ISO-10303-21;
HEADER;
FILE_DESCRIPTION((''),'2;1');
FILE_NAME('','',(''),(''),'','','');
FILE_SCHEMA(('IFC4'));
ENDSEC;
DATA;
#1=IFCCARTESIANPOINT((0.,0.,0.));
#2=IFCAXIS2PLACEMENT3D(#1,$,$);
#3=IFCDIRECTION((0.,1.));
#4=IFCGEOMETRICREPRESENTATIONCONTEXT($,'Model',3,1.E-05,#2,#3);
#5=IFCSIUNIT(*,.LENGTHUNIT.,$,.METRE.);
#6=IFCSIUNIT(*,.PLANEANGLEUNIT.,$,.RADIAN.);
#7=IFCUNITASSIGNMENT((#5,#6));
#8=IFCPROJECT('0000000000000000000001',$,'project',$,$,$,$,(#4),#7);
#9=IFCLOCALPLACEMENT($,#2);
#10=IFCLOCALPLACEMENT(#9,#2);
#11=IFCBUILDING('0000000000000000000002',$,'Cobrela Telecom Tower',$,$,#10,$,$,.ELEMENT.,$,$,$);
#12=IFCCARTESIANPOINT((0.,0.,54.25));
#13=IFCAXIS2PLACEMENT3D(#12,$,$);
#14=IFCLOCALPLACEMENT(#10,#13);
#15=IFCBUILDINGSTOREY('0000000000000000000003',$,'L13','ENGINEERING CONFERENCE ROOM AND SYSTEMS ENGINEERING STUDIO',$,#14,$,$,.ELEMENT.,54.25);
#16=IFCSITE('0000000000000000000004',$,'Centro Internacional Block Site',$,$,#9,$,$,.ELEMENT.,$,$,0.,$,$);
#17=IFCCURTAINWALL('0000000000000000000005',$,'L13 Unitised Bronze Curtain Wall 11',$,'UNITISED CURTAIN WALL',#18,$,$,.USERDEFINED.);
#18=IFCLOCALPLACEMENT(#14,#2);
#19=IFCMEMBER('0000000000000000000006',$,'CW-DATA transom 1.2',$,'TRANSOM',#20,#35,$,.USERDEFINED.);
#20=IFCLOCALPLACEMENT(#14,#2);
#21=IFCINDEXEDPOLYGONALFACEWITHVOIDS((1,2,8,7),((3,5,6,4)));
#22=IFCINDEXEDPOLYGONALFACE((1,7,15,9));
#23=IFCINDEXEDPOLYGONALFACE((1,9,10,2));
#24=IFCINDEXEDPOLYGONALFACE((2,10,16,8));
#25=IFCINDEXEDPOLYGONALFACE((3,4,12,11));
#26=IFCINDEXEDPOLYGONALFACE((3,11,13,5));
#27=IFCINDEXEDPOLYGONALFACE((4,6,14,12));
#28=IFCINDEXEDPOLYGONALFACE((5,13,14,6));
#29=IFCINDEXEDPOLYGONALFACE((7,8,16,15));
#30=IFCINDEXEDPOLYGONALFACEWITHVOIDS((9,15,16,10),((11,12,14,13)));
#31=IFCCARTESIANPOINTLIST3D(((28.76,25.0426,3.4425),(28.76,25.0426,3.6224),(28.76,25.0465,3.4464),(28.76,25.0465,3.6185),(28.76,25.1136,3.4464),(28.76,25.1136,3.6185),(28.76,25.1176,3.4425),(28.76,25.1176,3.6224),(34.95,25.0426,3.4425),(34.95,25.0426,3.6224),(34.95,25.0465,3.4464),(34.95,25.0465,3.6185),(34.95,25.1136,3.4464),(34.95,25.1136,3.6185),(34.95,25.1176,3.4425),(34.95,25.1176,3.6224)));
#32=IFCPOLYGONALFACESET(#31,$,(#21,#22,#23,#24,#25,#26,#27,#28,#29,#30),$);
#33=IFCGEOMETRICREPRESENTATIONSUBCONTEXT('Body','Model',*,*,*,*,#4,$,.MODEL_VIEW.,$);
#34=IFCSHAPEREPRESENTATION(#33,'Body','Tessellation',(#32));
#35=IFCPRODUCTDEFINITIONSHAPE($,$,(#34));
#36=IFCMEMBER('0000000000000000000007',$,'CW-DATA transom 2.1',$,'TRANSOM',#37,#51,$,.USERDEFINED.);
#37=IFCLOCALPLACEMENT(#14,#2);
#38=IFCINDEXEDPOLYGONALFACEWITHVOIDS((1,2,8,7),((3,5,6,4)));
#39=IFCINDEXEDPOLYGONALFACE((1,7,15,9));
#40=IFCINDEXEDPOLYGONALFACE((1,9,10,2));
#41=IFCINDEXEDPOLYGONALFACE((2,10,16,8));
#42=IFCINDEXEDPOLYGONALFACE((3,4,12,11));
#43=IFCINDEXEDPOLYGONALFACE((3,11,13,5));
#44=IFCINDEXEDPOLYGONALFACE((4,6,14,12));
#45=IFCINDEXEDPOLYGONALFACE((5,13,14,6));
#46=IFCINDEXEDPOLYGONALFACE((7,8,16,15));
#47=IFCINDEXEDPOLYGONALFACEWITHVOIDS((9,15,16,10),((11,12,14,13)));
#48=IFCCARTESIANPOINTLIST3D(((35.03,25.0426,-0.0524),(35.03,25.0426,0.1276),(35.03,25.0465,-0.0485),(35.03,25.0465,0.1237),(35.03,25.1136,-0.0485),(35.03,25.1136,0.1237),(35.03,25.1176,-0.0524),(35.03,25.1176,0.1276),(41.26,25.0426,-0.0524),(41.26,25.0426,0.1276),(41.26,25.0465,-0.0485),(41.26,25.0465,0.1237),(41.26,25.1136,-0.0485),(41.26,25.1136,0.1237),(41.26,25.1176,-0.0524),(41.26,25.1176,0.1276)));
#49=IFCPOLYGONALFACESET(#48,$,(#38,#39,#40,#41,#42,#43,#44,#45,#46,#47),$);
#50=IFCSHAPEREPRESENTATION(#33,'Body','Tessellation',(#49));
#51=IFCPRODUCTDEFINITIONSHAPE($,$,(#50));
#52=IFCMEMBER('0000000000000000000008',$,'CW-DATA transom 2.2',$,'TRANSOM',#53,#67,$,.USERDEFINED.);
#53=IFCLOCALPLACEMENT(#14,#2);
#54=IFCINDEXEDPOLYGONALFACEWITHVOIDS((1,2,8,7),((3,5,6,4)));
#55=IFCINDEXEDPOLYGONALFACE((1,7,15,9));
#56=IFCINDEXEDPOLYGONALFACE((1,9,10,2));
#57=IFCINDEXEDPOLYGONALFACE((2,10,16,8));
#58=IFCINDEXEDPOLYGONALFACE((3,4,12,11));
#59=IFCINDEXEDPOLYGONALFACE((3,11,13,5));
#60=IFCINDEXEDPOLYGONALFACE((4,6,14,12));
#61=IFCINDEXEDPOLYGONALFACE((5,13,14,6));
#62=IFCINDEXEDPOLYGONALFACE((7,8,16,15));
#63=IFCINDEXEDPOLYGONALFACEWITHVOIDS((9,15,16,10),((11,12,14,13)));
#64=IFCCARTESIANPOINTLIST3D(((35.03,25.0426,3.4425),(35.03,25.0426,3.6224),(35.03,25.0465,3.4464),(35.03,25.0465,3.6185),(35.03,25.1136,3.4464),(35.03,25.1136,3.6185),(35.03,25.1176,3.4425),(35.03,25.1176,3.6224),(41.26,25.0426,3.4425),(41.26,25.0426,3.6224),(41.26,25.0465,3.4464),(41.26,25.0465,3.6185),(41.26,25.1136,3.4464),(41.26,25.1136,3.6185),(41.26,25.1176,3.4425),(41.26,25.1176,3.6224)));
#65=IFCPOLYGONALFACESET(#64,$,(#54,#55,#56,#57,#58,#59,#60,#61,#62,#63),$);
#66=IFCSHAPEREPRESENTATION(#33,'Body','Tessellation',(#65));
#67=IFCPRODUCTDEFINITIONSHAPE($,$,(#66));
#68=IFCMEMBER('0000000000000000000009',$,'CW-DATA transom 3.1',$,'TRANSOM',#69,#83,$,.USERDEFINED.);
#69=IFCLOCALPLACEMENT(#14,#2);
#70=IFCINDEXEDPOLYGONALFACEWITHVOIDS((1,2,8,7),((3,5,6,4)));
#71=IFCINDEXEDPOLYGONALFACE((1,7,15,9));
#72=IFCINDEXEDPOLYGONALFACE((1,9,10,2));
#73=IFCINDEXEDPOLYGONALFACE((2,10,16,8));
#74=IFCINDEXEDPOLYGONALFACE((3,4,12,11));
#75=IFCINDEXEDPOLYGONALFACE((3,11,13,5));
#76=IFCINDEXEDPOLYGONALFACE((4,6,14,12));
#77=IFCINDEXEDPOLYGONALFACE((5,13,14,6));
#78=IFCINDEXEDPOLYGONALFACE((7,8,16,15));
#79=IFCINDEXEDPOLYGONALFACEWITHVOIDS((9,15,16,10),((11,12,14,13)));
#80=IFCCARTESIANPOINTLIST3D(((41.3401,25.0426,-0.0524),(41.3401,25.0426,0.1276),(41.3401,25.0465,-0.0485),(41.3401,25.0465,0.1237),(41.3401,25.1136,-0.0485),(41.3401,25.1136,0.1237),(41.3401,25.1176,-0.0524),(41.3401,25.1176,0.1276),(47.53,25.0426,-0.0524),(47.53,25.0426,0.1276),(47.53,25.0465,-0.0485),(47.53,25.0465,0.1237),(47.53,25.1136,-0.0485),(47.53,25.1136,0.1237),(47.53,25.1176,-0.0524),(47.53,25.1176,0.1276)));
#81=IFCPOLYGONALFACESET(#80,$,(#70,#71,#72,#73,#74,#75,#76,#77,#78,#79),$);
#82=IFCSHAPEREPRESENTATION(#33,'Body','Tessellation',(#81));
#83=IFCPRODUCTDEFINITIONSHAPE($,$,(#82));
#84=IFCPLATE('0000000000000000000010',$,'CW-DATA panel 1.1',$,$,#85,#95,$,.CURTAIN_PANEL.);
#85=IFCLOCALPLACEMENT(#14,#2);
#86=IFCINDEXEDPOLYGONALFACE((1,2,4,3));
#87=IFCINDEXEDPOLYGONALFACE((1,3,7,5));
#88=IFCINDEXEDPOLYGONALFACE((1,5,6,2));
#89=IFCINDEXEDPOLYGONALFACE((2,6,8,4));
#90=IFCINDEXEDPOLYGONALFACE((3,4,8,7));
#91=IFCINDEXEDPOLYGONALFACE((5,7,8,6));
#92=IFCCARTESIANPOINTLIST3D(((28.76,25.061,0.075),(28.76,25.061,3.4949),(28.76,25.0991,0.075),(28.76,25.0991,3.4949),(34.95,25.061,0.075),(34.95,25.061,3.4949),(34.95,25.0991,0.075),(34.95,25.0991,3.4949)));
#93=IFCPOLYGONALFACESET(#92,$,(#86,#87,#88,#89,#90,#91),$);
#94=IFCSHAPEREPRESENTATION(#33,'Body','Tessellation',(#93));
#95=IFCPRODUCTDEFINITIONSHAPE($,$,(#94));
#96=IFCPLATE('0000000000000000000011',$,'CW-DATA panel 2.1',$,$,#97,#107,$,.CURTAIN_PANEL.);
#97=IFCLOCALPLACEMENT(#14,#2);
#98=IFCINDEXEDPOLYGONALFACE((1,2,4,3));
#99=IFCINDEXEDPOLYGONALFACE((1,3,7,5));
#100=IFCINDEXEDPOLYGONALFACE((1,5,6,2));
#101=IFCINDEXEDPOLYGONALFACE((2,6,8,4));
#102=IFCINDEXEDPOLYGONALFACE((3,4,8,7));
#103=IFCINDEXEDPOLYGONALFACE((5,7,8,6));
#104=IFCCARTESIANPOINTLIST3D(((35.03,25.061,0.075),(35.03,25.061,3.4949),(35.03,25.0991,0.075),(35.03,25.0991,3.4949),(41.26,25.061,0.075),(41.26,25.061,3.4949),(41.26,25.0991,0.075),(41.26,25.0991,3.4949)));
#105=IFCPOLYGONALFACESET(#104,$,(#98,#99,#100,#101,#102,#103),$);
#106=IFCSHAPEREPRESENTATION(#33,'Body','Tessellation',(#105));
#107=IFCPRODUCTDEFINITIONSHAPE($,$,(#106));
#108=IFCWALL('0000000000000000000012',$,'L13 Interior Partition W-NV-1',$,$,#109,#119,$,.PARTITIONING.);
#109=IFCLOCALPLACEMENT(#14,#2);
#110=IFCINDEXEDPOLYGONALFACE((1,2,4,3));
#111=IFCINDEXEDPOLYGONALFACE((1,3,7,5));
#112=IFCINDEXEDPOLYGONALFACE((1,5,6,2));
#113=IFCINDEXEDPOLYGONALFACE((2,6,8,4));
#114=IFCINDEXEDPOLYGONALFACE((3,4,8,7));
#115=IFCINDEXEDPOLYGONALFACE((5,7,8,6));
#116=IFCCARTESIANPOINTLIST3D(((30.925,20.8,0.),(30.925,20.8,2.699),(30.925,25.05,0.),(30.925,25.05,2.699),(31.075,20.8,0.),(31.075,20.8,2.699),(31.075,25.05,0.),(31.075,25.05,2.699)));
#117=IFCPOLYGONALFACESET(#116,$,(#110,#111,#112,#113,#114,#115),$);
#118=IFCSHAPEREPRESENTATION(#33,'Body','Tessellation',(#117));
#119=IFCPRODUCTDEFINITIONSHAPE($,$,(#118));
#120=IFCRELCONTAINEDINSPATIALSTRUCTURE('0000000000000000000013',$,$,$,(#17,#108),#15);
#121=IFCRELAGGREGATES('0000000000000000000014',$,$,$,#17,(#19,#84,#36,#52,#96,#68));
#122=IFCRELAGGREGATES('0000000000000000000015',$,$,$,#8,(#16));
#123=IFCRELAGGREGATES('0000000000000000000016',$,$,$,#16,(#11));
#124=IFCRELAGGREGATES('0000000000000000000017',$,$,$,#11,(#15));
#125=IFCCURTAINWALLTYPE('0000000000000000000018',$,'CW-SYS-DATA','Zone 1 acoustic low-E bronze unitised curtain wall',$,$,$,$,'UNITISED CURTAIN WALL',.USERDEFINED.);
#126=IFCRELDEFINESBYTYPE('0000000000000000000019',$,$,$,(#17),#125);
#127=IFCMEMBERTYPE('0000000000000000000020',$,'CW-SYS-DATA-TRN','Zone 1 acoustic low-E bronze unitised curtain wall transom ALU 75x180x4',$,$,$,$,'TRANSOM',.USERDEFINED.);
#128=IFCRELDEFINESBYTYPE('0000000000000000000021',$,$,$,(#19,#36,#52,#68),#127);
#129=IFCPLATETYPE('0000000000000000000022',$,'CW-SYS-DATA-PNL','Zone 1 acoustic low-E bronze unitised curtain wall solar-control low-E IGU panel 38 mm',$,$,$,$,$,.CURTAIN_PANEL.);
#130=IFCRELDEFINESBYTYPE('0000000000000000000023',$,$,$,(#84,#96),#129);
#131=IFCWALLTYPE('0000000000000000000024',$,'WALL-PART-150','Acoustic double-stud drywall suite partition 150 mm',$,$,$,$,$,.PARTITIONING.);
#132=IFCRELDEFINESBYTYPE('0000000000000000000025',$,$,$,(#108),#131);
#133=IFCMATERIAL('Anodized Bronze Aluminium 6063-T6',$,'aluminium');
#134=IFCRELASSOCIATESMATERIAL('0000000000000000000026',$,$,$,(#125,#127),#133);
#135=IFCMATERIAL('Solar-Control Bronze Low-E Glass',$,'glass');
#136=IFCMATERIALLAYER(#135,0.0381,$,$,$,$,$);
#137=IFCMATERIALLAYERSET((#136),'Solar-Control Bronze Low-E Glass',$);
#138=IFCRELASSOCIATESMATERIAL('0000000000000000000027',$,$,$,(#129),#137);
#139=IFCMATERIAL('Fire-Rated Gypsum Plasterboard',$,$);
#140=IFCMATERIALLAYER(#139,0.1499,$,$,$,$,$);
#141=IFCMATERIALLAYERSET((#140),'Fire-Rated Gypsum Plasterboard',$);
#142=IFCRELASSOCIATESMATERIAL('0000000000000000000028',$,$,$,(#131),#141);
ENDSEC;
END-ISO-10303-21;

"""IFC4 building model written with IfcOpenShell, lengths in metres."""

from ifc_helpers import new_model, si_unit, direction, frame, frame_2d, origin, origin_2d, place, context, subcontext, project, spatial, rectangle, hollow_rectangle, extrude, material, layer, layer_set, material_profile, profile_set, type_object, element, aggregate, save


model = new_model("IFC4")

# Units and contexts
model_context = context("Model", 3, precision=1e-05, world=origin(), true_north=direction((0.0, 1.0)))
body_context = subcontext(model_context, "Body", "Model", "MODEL_VIEW")
ifc_project = project(units=[si_unit("LENGTHUNIT", "METRE"), si_unit("PLANEANGLEUNIT", "RADIAN")], contexts=[model_context])

# Site, building, storey
site_placement = place(None, origin())
site = spatial("IfcSite", under=ifc_project, at=site_placement, Name="Centro Internacional Block Site", CompositionType="ELEMENT", RefElevation=0.0)
building_placement = place(site_placement, origin())
building = spatial("IfcBuilding", under=site, at=building_placement, Name="Cobrela Telecom Tower", CompositionType="ELEMENT")
storey_placement = place(building_placement, frame((0.0, 0.0, 54.25)))
storey = spatial("IfcBuildingStorey", under=building, at=storey_placement, Name="L13", Description="ENGINEERING CONFERENCE ROOM AND SYSTEMS ENGINEERING STUDIO", CompositionType="ELEMENT", Elevation=54.25)

# Curtain wall, members, plates
ifc_material_1 = material(Name="Anodized Bronze Aluminium 6063-T6", Category="aluminium")
curtain_wall_type = type_object("IfcCurtainWallType", Name="CW-SYS-DATA", Description="Zone 1 acoustic low-E bronze unitised curtain wall", ElementType="UNITISED CURTAIN WALL", PredefinedType="USERDEFINED", material=ifc_material_1)
curtain_wall_placement = place(storey_placement, origin())
curtain_wall = element("IfcCurtainWall", 1, at=curtain_wall_placement, inside=storey, type_object=curtain_wall_type, Name="L13 Unitised Bronze Curtain Wall 11", ObjectType="UNITISED CURTAIN WALL", PredefinedType="USERDEFINED")
ifc_material_profile_1 = material_profile(ifc_material_1, hollow_rectangle(XDim=0.075, YDim=0.1799, WallThickness=0.0039, at=origin_2d()), Name="ALU 75x180x4")
ifc_profile_set_1 = profile_set([ifc_material_profile_1], Name="Anodized Bronze Aluminium 6063-T6")
member_type_1 = type_object("IfcMemberType", Name="CW-SYS-DATA-TRN", Description="Zone 1 acoustic low-E bronze unitised curtain wall transom ALU 75x180x4", ElementType="TRANSOM", PredefinedType="USERDEFINED", material=ifc_profile_set_1)
member_1_placement = place(storey_placement, frame((28.76, 25.0801, 3.5325), z_axis=(1.0, 0.0, 0.0), x_axis=(0.0, 1.0, 0.0)))
member_1 = element("IfcMember", 2, at=member_1_placement, type_object=member_type_1, Name="CW-DATA transom 1.2", ObjectType="TRANSOM", PredefinedType="USERDEFINED", context=body_context, shape_type="SweptSolid", body=[
    extrude(hollow_rectangle(XDim=0.075, YDim=0.1799, WallThickness=0.0039, at=origin_2d()), origin(), (0.0, 0.0, 1.0), 6.1899),
])
member_2_placement = place(storey_placement, frame((35.03, 25.0801, 0.0376), z_axis=(1.0, 0.0, 0.0), x_axis=(0.0, 1.0, 0.0)))
member_2 = element("IfcMember", 3, at=member_2_placement, type_object=member_type_1, Name="CW-DATA transom 2.1", ObjectType="TRANSOM", PredefinedType="USERDEFINED", context=body_context, shape_type="SweptSolid", body=[
    extrude(hollow_rectangle(XDim=0.075, YDim=0.1799, WallThickness=0.0039, at=origin_2d()), origin(), (0.0, 0.0, 1.0), 6.23),
])
member_3_placement = place(storey_placement, frame((35.03, 25.0801, 3.5325), z_axis=(1.0, 0.0, 0.0), x_axis=(0.0, 1.0, 0.0)))
member_3 = element("IfcMember", 4, at=member_3_placement, type_object=member_type_1, Name="CW-DATA transom 2.2", ObjectType="TRANSOM", PredefinedType="USERDEFINED", context=body_context, shape_type="SweptSolid", body=[
    extrude(hollow_rectangle(XDim=0.075, YDim=0.1799, WallThickness=0.0039, at=origin_2d()), origin(), (0.0, 0.0, 1.0), 6.23),
])
member_4_placement = place(storey_placement, frame((41.3401, 25.0801, 0.0376), z_axis=(1.0, 0.0, 0.0), x_axis=(0.0, 1.0, 0.0)))
member_4 = element("IfcMember", 5, at=member_4_placement, type_object=member_type_1, Name="CW-DATA transom 3.1", ObjectType="TRANSOM", PredefinedType="USERDEFINED", context=body_context, shape_type="SweptSolid", body=[
    extrude(hollow_rectangle(XDim=0.075, YDim=0.1799, WallThickness=0.0039, at=origin_2d()), origin(), (0.0, 0.0, 1.0), 6.1899),
])
ifc_material_2 = material(Name="Solar-Control Bronze Low-E Glass", Category="glass")
ifc_layer_1 = layer(ifc_material_2, 0.0381)
ifc_layer_set_1 = layer_set([ifc_layer_1], Name="Solar-Control Bronze Low-E Glass")
plate_type = type_object("IfcPlateType", Name="CW-SYS-DATA-PNL", Description="Zone 1 acoustic low-E bronze unitised curtain wall solar-control low-E IGU panel 38 mm", PredefinedType="CURTAIN_PANEL", material=ifc_layer_set_1)
plate_1_placement = place(storey_placement, frame((31.855, 25.0801, 0.075), z_axis=(0.0, 0.0, 1.0), x_axis=(1.0, 0.0, 0.0)))
plate_1 = element("IfcPlate", 6, at=plate_1_placement, type_object=plate_type, Name="CW-DATA panel 1.1", PredefinedType="CURTAIN_PANEL", context=body_context, shape_type="SweptSolid", body=[
    extrude(rectangle(XDim=6.1899, YDim=0.0381, at=origin_2d()), origin(), (0.0, 0.0, 1.0), 3.4199),
])
plate_2_placement = place(storey_placement, frame((38.145, 25.0801, 0.075), z_axis=(0.0, 0.0, 1.0), x_axis=(1.0, 0.0, 0.0)))
plate_2 = element("IfcPlate", 7, at=plate_2_placement, type_object=plate_type, Name="CW-DATA panel 2.1", PredefinedType="CURTAIN_PANEL", context=body_context, shape_type="SweptSolid", body=[
    extrude(rectangle(XDim=6.23, YDim=0.0381, at=origin_2d()), origin(), (0.0, 0.0, 1.0), 3.4199),
])
aggregate(curtain_wall, [member_1, plate_1, member_2, member_3, plate_2, member_4])

# Wall
ifc_material_3 = material(Name="Fire-Rated Gypsum Plasterboard")
ifc_layer_2 = layer(ifc_material_3, 0.1499)
ifc_layer_set_2 = layer_set([ifc_layer_2], Name="Fire-Rated Gypsum Plasterboard")
wall_type = type_object("IfcWallType", Name="WALL-PART-150", Description="Acoustic double-stud drywall suite partition 150 mm", PredefinedType="PARTITIONING", material=ifc_layer_set_2)
wall_placement = place(storey_placement, frame((31.0, 20.8, 0.0), z_axis=(0.0, 0.0, 1.0), x_axis=(0.0, 1.0, 0.0)))
element("IfcWall", 8, at=wall_placement, inside=storey, type_object=wall_type, Name="L13 Interior Partition W-NV-1", PredefinedType="PARTITIONING", context=body_context, shape_type="SweptSolid", body=[
    extrude(rectangle(XDim=4.25, YDim=0.1499, at=frame_2d((2.125, 0.0))), origin(), (0.0, 0.0, 1.0), 2.699),
])

save(model, "model.ifc")
